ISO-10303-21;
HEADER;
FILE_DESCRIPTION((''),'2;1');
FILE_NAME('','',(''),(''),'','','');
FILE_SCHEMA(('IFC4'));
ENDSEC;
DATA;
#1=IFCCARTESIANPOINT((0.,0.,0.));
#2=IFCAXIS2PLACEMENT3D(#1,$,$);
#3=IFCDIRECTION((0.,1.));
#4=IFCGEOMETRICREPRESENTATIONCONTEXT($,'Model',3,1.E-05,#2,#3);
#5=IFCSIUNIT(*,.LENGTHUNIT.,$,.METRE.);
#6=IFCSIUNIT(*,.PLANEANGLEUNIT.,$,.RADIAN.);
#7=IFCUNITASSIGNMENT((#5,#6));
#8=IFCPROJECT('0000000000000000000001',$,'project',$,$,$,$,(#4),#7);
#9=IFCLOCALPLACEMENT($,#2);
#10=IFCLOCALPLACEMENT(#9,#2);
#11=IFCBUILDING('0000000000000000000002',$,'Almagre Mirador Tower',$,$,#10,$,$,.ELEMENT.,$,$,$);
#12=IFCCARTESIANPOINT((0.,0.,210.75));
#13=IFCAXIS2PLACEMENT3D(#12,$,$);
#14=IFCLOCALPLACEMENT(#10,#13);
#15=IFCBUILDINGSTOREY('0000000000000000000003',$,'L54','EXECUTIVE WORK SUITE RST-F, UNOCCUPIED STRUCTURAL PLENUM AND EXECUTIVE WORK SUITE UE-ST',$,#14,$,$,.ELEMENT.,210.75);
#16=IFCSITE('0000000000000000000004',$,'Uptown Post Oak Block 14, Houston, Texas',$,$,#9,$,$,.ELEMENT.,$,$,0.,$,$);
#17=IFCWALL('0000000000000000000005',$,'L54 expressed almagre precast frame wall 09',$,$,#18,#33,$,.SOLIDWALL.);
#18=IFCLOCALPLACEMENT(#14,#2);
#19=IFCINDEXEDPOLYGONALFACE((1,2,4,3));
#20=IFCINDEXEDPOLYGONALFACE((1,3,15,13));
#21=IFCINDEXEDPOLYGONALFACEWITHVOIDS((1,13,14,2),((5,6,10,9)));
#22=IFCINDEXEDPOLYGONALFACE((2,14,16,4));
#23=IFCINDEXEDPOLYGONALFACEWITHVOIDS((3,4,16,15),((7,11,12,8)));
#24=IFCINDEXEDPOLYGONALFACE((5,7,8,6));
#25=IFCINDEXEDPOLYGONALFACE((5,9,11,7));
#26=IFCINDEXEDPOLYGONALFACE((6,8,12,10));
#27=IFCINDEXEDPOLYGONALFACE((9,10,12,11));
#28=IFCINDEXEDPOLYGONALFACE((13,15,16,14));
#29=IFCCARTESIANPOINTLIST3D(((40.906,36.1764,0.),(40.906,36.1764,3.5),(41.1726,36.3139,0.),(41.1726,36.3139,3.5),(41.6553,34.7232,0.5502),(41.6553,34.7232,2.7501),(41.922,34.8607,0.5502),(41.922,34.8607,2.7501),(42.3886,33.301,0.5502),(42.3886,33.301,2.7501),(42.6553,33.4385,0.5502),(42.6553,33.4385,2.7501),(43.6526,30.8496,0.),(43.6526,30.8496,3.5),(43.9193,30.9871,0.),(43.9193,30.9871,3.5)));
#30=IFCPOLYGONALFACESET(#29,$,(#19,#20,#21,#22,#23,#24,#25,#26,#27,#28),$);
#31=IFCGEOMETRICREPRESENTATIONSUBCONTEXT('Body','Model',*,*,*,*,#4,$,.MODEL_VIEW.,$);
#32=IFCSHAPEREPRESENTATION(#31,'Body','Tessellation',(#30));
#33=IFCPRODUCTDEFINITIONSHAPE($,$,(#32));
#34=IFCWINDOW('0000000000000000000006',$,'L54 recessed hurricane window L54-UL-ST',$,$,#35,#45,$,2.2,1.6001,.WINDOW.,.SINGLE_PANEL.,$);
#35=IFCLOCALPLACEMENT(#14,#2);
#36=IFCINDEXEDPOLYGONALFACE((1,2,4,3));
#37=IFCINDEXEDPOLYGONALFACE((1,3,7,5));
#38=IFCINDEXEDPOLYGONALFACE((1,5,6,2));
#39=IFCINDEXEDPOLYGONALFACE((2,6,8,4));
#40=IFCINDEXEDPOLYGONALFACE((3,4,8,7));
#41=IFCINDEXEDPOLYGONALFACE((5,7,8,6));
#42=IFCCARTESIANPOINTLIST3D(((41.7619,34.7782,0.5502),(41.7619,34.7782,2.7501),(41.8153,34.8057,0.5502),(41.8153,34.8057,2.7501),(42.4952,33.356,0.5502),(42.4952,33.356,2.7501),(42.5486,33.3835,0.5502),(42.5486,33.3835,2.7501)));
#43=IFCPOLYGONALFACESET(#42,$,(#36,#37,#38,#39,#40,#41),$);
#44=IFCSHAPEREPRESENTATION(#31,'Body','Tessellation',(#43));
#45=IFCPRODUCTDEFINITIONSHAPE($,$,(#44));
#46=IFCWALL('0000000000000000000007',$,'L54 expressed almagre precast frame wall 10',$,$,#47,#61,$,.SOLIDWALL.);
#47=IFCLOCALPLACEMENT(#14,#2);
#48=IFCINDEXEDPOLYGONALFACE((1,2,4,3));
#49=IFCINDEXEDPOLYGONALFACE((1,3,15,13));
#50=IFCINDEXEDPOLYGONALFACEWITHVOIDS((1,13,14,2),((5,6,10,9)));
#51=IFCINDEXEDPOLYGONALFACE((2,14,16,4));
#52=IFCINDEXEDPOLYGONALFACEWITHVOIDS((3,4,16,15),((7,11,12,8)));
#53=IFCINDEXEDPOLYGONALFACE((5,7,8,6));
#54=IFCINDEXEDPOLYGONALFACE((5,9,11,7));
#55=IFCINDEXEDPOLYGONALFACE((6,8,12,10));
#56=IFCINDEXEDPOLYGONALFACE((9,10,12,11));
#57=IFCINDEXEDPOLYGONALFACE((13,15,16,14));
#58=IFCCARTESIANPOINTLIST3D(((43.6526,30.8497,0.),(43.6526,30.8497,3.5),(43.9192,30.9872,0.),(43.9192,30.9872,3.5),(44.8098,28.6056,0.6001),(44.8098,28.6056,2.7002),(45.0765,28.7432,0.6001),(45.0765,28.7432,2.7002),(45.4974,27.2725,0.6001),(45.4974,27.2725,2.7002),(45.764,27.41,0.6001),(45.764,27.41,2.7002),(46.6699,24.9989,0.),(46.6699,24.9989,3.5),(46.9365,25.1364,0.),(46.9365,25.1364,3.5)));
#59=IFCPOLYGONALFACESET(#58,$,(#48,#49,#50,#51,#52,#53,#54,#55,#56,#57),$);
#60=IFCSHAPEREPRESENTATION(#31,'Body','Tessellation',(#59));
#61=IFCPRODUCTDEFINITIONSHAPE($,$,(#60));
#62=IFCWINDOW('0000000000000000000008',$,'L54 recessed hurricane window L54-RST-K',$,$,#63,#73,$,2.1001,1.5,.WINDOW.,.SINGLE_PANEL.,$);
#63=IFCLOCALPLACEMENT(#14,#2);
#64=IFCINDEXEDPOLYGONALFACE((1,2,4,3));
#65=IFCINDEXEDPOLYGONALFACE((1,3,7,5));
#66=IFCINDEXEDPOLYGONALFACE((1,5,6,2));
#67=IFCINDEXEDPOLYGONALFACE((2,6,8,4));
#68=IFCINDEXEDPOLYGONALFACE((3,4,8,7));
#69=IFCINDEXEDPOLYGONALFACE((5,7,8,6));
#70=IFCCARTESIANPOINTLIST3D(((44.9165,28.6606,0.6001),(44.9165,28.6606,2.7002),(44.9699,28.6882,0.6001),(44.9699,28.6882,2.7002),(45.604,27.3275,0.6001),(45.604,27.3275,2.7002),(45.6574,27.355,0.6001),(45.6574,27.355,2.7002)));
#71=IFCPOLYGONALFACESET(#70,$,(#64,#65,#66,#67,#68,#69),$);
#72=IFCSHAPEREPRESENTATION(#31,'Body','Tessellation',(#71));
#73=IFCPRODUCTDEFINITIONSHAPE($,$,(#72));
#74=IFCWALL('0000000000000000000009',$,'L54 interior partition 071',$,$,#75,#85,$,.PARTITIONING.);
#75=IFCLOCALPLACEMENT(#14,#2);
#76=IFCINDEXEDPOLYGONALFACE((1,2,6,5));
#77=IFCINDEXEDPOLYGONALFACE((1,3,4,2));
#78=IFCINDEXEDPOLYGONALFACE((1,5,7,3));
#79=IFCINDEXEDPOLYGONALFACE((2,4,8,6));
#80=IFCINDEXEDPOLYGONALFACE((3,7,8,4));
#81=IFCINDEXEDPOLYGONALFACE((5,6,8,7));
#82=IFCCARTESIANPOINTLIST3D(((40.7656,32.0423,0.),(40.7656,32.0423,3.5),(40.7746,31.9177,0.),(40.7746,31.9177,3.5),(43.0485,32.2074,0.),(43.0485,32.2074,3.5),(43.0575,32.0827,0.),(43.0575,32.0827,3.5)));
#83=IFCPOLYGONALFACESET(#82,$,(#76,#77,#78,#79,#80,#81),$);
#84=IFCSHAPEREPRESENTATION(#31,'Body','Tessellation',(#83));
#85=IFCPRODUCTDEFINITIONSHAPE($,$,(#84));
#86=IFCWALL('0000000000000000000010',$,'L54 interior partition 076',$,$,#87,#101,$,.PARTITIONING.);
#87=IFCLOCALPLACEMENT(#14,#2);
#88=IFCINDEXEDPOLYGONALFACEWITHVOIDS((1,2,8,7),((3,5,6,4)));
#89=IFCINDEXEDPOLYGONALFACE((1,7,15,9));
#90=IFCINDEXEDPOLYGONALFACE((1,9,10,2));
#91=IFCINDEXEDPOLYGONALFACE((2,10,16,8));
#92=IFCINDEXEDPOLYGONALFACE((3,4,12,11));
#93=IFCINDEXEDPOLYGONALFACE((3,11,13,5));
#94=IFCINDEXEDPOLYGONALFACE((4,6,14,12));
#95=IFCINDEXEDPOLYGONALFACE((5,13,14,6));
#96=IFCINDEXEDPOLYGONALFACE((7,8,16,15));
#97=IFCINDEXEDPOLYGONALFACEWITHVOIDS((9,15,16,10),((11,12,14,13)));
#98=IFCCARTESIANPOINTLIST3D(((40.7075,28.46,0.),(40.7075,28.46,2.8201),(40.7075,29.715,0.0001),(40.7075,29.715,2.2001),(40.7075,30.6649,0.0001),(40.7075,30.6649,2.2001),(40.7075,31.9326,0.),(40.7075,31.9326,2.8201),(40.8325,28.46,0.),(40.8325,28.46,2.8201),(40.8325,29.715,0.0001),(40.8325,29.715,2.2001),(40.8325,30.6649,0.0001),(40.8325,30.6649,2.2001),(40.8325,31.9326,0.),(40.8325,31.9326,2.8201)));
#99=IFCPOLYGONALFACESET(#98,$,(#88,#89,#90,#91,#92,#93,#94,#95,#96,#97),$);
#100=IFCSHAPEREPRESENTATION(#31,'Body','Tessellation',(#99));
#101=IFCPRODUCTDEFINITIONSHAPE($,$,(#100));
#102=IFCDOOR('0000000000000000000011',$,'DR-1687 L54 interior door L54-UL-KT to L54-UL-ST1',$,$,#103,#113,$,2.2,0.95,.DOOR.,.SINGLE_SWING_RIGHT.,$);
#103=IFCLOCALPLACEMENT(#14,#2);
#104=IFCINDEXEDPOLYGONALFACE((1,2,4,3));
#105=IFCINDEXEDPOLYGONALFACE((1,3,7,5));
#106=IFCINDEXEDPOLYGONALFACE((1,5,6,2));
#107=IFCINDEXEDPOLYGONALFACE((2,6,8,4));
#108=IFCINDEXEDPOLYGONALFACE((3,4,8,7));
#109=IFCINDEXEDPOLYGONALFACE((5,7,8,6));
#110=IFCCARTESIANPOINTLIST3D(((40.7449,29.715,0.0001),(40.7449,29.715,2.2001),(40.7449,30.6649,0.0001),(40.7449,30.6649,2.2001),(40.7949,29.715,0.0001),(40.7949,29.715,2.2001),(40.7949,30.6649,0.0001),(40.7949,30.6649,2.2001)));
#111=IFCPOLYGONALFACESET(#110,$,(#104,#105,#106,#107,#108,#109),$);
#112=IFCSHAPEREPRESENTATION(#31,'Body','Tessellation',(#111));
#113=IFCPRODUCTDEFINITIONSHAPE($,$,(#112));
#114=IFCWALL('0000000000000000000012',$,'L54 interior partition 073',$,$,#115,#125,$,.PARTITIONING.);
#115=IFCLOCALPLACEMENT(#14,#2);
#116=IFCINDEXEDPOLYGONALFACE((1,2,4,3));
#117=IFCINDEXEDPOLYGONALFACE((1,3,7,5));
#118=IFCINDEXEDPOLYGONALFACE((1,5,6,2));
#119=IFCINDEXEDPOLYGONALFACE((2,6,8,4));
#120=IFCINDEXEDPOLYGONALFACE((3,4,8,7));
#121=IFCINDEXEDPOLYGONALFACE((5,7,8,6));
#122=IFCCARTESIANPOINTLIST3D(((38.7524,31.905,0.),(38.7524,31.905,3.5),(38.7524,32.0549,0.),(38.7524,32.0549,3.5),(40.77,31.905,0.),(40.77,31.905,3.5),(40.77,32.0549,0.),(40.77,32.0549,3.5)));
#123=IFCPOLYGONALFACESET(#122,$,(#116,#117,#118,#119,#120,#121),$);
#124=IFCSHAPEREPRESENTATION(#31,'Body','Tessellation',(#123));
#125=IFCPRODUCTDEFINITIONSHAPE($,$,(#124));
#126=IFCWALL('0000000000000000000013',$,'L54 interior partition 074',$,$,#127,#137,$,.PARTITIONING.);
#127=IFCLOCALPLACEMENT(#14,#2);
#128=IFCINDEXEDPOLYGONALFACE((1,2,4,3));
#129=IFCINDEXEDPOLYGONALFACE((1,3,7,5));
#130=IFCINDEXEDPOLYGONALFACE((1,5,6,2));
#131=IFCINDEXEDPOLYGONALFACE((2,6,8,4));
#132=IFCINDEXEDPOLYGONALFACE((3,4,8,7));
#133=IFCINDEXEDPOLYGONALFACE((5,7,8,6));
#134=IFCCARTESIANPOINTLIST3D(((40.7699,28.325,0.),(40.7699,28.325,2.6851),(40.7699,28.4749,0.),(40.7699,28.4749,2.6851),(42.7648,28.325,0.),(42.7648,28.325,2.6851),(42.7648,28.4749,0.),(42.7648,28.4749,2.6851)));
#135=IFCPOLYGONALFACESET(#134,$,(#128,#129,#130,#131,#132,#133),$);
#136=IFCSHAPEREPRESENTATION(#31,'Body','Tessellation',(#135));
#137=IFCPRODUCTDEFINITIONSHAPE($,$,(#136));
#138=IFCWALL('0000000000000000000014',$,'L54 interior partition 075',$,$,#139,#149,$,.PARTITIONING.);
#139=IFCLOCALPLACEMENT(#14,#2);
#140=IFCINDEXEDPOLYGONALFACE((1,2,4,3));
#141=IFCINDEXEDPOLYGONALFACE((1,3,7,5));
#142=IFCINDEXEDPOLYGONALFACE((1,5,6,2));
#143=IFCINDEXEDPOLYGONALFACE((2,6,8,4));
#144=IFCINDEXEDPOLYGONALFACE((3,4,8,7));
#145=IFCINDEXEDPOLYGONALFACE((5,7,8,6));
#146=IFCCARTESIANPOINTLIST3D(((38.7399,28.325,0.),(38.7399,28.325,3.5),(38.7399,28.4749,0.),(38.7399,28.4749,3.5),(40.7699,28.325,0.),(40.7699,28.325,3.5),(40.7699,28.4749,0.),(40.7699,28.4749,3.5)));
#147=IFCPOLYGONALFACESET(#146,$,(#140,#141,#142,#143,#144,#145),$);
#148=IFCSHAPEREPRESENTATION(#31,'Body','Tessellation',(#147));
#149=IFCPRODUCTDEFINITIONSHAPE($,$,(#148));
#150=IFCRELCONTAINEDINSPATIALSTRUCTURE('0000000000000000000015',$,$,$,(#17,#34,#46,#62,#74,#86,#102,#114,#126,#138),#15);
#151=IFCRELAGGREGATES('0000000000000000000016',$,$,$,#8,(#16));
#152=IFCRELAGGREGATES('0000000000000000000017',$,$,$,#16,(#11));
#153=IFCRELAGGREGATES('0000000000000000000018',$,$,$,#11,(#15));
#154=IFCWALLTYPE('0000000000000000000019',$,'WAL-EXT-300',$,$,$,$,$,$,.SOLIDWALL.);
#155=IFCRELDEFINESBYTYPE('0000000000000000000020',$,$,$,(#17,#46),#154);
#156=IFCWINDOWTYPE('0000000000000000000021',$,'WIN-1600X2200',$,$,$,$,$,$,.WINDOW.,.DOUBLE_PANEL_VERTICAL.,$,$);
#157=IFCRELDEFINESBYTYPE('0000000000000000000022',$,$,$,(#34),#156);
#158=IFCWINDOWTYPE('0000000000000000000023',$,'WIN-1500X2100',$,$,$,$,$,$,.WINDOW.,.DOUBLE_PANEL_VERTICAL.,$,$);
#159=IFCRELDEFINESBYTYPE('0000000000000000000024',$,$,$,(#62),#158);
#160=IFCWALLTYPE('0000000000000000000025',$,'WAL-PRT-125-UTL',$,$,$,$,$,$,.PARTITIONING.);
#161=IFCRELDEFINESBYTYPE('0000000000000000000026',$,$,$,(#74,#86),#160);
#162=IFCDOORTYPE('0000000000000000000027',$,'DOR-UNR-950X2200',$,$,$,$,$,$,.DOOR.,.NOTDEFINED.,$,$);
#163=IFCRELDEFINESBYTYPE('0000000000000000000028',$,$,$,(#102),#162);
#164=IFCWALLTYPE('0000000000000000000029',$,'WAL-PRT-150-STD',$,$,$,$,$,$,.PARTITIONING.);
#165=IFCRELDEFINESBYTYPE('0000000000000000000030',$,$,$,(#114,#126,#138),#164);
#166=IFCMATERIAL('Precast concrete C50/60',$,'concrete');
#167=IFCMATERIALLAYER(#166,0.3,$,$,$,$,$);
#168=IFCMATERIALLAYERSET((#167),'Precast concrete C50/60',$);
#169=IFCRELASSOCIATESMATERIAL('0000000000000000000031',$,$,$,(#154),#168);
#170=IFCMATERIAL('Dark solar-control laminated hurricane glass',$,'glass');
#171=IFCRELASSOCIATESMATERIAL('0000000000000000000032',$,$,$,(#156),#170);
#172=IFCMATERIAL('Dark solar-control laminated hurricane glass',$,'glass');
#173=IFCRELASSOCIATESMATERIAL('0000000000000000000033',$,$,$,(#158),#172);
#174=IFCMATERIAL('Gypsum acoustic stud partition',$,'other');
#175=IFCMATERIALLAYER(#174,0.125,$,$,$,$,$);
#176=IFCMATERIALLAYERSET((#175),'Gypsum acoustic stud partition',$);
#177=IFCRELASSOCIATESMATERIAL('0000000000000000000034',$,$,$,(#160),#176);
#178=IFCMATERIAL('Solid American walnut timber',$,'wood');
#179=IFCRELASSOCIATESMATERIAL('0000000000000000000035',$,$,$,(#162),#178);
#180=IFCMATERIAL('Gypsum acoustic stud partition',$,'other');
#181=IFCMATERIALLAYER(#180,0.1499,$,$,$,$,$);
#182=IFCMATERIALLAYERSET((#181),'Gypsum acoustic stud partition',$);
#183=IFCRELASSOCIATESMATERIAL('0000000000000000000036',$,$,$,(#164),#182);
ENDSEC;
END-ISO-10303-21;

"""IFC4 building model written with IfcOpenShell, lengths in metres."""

from ifc_helpers import new_model, si_unit, direction, frame, frame_2d, origin, place, context, subcontext, project, spatial, rectangle, extrude, material, layer, layer_set, type_object, element, fill, save


model = new_model("IFC4")

# Units and contexts
model_context = context("Model", 3, precision=1e-05, world=origin(), true_north=direction((0.0, 1.0)))
body_context = subcontext(model_context, "Body", "Model", "MODEL_VIEW")
ifc_project = project(units=[si_unit("LENGTHUNIT", "METRE"), si_unit("PLANEANGLEUNIT", "RADIAN")], contexts=[model_context])

# Site, building, storey
site_placement = place(None, origin())
site = spatial("IfcSite", under=ifc_project, at=site_placement, Name="Uptown Post Oak Block 14, Houston, Texas", CompositionType="ELEMENT", RefElevation=0.0)
building_placement = place(site_placement, origin())
building = spatial("IfcBuilding", under=site, at=building_placement, Name="Almagre Mirador Tower", CompositionType="ELEMENT")
storey_placement = place(building_placement, frame((0.0, 0.0, 210.75)))
storey = spatial("IfcBuildingStorey", under=building, at=storey_placement, Name="L54", Description="EXECUTIVE WORK SUITE RST-F, UNOCCUPIED STRUCTURAL PLENUM AND EXECUTIVE WORK SUITE UE-ST", CompositionType="ELEMENT", Elevation=210.75)

# Shared definitions
ifc_material_1 = material(Name="Precast concrete C50/60", Category="concrete")
ifc_layer_1 = layer(ifc_material_1, 0.3)
ifc_layer_set_1 = layer_set([ifc_layer_1], Name="Precast concrete C50/60")
wall_type_1 = type_object("IfcWallType", Name="WAL-EXT-300", PredefinedType="SOLIDWALL", material=ifc_layer_set_1)

# Walls, openings, windows
wall_1_placement = place(storey_placement, frame((41.0393, 36.2451, 0.0), z_axis=(0.0, 0.0, 1.0), x_axis=(0.458292, -0.888802, 0.0)))
wall_1 = element("IfcWall", 1, at=wall_1_placement, inside=storey, type_object=wall_type_1, Name="L54 expressed almagre precast frame wall 09", PredefinedType="SOLIDWALL", context=body_context, shape_type="SweptSolid", body=[
    extrude(rectangle(XDim=5.9932, YDim=0.3, at=frame_2d((2.9966, 0.0))), origin(), (0.0, 0.0, 1.0), 3.5),
])
opening_1_placement = place(wall_1_placement, frame((1.635, 0.0, 0.55)))
opening_1 = element("IfcOpeningElement", 2, at=opening_1_placement, cuts=wall_1, PredefinedType="OPENING", context=body_context, shape_type="SweptSolid", body=[
    extrude(rectangle(XDim=1.6001, YDim=2.2, at=frame_2d((0.8, 1.1001))), frame((0.0, 0.1599, 0.0), z_axis=(0.0, -1.0, 0.0), x_axis=(1.0, 0.0, 0.0)), (0.0, 0.0, 1.0), 0.32),
])
ifc_material_2 = material(Name="Dark solar-control laminated hurricane glass", Category="glass")
window_type_1 = type_object("IfcWindowType", Name="WIN-1600X2200", PartitioningType="DOUBLE_PANEL_VERTICAL", PredefinedType="WINDOW", material=ifc_material_2)
window_1_placement = place(opening_1_placement, origin())
window_1 = element("IfcWindow", 3, at=window_1_placement, inside=storey, type_object=window_type_1, Name="L54 recessed hurricane window L54-UL-ST", OverallHeight=2.2, OverallWidth=1.6001, PartitioningType="SINGLE_PANEL", PredefinedType="WINDOW", context=body_context, shape_type="SweptSolid", body=[
    extrude(rectangle(XDim=1.6001, YDim=2.2, at=frame_2d((0.8, 1.1001))), frame((0.0, 0.03, 0.0), z_axis=(0.0, -1.0, 0.0), x_axis=(1.0, 0.0, 0.0)), (0.0, 0.0, 1.0), 0.0601),
])
fill(opening_1, window_1)
wall_2_placement = place(storey_placement, frame((43.7859, 30.9185, 0.0), z_axis=(0.0, 0.0, 1.0), x_axis=(0.458349, -0.888772, 0.0)))
wall_2 = element("IfcWall", 4, at=wall_2_placement, inside=storey, type_object=wall_type_1, Name="L54 expressed almagre precast frame wall 10", PredefinedType="SOLIDWALL", context=body_context, shape_type="SweptSolid", body=[
    extrude(rectangle(XDim=6.583, YDim=0.3, at=frame_2d((3.2915, 0.0))), origin(), (0.0, 0.0, 1.0), 3.5),
])
opening_2_placement = place(wall_2_placement, frame((2.5249, 0.0, 0.6001)))
opening_2 = element("IfcOpeningElement", 5, at=opening_2_placement, cuts=wall_2, PredefinedType="OPENING", context=body_context, shape_type="SweptSolid", body=[
    extrude(rectangle(XDim=1.5, YDim=2.1001, at=frame_2d((0.75, 1.05))), frame((0.0, 0.1599, 0.0), z_axis=(0.0, -1.0, 0.0), x_axis=(1.0, 0.0, 0.0)), (0.0, 0.0, 1.0), 0.32),
])
ifc_material_3 = material(Name="Dark solar-control laminated hurricane glass", Category="glass")
window_type_2 = type_object("IfcWindowType", Name="WIN-1500X2100", PartitioningType="DOUBLE_PANEL_VERTICAL", PredefinedType="WINDOW", material=ifc_material_3)
window_2_placement = place(opening_2_placement, origin())
window_2 = element("IfcWindow", 6, at=window_2_placement, inside=storey, type_object=window_type_2, Name="L54 recessed hurricane window L54-RST-K", OverallHeight=2.1001, OverallWidth=1.5, PartitioningType="SINGLE_PANEL", PredefinedType="WINDOW", context=body_context, shape_type="SweptSolid", body=[
    extrude(rectangle(XDim=1.5, YDim=2.1001, at=frame_2d((0.75, 1.05))), frame((0.0, 0.03, 0.0), z_axis=(0.0, -1.0, 0.0), x_axis=(1.0, 0.0, 0.0)), (0.0, 0.0, 1.0), 0.0601),
])
fill(opening_2, window_2)

# Wall
ifc_material_4 = material(Name="Gypsum acoustic stud partition", Category="other")
ifc_layer_2 = layer(ifc_material_4, 0.125)
ifc_layer_set_2 = layer_set([ifc_layer_2], Name="Gypsum acoustic stud partition")
wall_type_2 = type_object("IfcWallType", Name="WAL-PRT-125-UTL", PredefinedType="PARTITIONING", material=ifc_layer_set_2)
wall_3_placement = place(storey_placement, frame((40.77, 31.98, 0.0), z_axis=(0.0, 0.0, 1.0), x_axis=(0.997397, 0.072104, 0.0)))
element("IfcWall", 7, at=wall_3_placement, inside=storey, type_object=wall_type_2, Name="L54 interior partition 071", PredefinedType="PARTITIONING", context=body_context, shape_type="SweptSolid", body=[
    extrude(rectangle(XDim=2.2888, YDim=0.125, at=frame_2d((1.1445, 0.0))), origin(), (0.0, 0.0, 1.0), 3.5),
])

# Wall, opening, door
wall_4_placement = place(storey_placement, frame((40.77, 31.9326, 0.0), z_axis=(0.0, 0.0, 1.0), x_axis=(0.0, -1.0, 0.0)))
wall_4 = element("IfcWall", 8, at=wall_4_placement, inside=storey, type_object=wall_type_2, Name="L54 interior partition 076", PredefinedType="PARTITIONING", context=body_context, shape_type="SweptSolid", body=[
    extrude(rectangle(XDim=3.4727, YDim=0.125, at=frame_2d((1.7363, 0.0))), origin(), (0.0, 0.0, 1.0), 2.8201),
])
opening_3_placement = place(wall_4_placement, frame((1.2676, 0.0, 0.0)))
opening_3 = element("IfcOpeningElement", 9, at=opening_3_placement, cuts=wall_4, PredefinedType="OPENING", context=body_context, shape_type="SweptSolid", body=[
    extrude(rectangle(XDim=0.95, YDim=2.2, at=frame_2d((0.4751, 1.1001))), frame((0.0, 0.0725, 0.0), z_axis=(0.0, -1.0, 0.0), x_axis=(1.0, 0.0, 0.0)), (0.0, 0.0, 1.0), 0.145),
])
ifc_material_5 = material(Name="Solid American walnut timber", Category="wood")
door_type = type_object("IfcDoorType", Name="DOR-UNR-950X2200", OperationType="NOTDEFINED", PredefinedType="DOOR", material=ifc_material_5)
door_1_placement = place(opening_3_placement, origin())
door_1 = element("IfcDoor", 10, at=door_1_placement, inside=storey, type_object=door_type, Name="DR-1687 L54 interior door L54-UL-KT to L54-UL-ST1", OperationType="SINGLE_SWING_RIGHT", OverallHeight=2.2, OverallWidth=0.95, PredefinedType="DOOR", context=body_context, shape_type="SweptSolid", body=[
    extrude(rectangle(XDim=0.95, YDim=2.2, at=frame_2d((0.4751, 1.1001))), frame((0.0, 0.0249, 0.0), z_axis=(0.0, -1.0, 0.0), x_axis=(1.0, 0.0, 0.0)), (0.0, 0.0, 1.0), 0.05),
])
fill(opening_3, door_1)

# Walls
ifc_material_6 = material(Name="Gypsum acoustic stud partition", Category="other")
ifc_layer_3 = layer(ifc_material_6, 0.1499)
ifc_layer_set_3 = layer_set([ifc_layer_3], Name="Gypsum acoustic stud partition")
wall_type_3 = type_object("IfcWallType", Name="WAL-PRT-150-STD", PredefinedType="PARTITIONING", material=ifc_layer_set_3)
wall_5_placement = place(storey_placement, frame((38.7524, 31.98, 0.0), z_axis=(0.0, 0.0, 1.0), x_axis=(1.0, 0.0, 0.0)))
element("IfcWall", 11, at=wall_5_placement, inside=storey, type_object=wall_type_3, Name="L54 interior partition 073", PredefinedType="PARTITIONING", context=body_context, shape_type="SweptSolid", body=[
    extrude(rectangle(XDim=2.0176, YDim=0.1499, at=frame_2d((1.0088, 0.0))), origin(), (0.0, 0.0, 1.0), 3.5),
])
wall_6_placement = place(storey_placement, frame((42.7649, 28.3999, 0.0), z_axis=(0.0, 0.0, 1.0), x_axis=(-1.0, 0.0, 0.0)))
element("IfcWall", 12, at=wall_6_placement, inside=storey, type_object=wall_type_3, Name="L54 interior partition 074", PredefinedType="PARTITIONING", context=body_context, shape_type="SweptSolid", body=[
    extrude(rectangle(XDim=1.9949, YDim=0.1499, at=frame_2d((0.9976, 0.0))), origin(), (0.0, 0.0, 1.0), 2.6851),
])
wall_7_placement = place(storey_placement, frame((40.77, 28.3999, 0.0), z_axis=(0.0, 0.0, 1.0), x_axis=(-1.0, 0.0, 0.0)))
element("IfcWall", 13, at=wall_7_placement, inside=storey, type_object=wall_type_3, Name="L54 interior partition 075", PredefinedType="PARTITIONING", context=body_context, shape_type="SweptSolid", body=[
    extrude(rectangle(XDim=2.03, YDim=0.1499, at=frame_2d((1.0151, 0.0))), origin(), (0.0, 0.0, 1.0), 3.5),
])

save(model, "model.ifc")
